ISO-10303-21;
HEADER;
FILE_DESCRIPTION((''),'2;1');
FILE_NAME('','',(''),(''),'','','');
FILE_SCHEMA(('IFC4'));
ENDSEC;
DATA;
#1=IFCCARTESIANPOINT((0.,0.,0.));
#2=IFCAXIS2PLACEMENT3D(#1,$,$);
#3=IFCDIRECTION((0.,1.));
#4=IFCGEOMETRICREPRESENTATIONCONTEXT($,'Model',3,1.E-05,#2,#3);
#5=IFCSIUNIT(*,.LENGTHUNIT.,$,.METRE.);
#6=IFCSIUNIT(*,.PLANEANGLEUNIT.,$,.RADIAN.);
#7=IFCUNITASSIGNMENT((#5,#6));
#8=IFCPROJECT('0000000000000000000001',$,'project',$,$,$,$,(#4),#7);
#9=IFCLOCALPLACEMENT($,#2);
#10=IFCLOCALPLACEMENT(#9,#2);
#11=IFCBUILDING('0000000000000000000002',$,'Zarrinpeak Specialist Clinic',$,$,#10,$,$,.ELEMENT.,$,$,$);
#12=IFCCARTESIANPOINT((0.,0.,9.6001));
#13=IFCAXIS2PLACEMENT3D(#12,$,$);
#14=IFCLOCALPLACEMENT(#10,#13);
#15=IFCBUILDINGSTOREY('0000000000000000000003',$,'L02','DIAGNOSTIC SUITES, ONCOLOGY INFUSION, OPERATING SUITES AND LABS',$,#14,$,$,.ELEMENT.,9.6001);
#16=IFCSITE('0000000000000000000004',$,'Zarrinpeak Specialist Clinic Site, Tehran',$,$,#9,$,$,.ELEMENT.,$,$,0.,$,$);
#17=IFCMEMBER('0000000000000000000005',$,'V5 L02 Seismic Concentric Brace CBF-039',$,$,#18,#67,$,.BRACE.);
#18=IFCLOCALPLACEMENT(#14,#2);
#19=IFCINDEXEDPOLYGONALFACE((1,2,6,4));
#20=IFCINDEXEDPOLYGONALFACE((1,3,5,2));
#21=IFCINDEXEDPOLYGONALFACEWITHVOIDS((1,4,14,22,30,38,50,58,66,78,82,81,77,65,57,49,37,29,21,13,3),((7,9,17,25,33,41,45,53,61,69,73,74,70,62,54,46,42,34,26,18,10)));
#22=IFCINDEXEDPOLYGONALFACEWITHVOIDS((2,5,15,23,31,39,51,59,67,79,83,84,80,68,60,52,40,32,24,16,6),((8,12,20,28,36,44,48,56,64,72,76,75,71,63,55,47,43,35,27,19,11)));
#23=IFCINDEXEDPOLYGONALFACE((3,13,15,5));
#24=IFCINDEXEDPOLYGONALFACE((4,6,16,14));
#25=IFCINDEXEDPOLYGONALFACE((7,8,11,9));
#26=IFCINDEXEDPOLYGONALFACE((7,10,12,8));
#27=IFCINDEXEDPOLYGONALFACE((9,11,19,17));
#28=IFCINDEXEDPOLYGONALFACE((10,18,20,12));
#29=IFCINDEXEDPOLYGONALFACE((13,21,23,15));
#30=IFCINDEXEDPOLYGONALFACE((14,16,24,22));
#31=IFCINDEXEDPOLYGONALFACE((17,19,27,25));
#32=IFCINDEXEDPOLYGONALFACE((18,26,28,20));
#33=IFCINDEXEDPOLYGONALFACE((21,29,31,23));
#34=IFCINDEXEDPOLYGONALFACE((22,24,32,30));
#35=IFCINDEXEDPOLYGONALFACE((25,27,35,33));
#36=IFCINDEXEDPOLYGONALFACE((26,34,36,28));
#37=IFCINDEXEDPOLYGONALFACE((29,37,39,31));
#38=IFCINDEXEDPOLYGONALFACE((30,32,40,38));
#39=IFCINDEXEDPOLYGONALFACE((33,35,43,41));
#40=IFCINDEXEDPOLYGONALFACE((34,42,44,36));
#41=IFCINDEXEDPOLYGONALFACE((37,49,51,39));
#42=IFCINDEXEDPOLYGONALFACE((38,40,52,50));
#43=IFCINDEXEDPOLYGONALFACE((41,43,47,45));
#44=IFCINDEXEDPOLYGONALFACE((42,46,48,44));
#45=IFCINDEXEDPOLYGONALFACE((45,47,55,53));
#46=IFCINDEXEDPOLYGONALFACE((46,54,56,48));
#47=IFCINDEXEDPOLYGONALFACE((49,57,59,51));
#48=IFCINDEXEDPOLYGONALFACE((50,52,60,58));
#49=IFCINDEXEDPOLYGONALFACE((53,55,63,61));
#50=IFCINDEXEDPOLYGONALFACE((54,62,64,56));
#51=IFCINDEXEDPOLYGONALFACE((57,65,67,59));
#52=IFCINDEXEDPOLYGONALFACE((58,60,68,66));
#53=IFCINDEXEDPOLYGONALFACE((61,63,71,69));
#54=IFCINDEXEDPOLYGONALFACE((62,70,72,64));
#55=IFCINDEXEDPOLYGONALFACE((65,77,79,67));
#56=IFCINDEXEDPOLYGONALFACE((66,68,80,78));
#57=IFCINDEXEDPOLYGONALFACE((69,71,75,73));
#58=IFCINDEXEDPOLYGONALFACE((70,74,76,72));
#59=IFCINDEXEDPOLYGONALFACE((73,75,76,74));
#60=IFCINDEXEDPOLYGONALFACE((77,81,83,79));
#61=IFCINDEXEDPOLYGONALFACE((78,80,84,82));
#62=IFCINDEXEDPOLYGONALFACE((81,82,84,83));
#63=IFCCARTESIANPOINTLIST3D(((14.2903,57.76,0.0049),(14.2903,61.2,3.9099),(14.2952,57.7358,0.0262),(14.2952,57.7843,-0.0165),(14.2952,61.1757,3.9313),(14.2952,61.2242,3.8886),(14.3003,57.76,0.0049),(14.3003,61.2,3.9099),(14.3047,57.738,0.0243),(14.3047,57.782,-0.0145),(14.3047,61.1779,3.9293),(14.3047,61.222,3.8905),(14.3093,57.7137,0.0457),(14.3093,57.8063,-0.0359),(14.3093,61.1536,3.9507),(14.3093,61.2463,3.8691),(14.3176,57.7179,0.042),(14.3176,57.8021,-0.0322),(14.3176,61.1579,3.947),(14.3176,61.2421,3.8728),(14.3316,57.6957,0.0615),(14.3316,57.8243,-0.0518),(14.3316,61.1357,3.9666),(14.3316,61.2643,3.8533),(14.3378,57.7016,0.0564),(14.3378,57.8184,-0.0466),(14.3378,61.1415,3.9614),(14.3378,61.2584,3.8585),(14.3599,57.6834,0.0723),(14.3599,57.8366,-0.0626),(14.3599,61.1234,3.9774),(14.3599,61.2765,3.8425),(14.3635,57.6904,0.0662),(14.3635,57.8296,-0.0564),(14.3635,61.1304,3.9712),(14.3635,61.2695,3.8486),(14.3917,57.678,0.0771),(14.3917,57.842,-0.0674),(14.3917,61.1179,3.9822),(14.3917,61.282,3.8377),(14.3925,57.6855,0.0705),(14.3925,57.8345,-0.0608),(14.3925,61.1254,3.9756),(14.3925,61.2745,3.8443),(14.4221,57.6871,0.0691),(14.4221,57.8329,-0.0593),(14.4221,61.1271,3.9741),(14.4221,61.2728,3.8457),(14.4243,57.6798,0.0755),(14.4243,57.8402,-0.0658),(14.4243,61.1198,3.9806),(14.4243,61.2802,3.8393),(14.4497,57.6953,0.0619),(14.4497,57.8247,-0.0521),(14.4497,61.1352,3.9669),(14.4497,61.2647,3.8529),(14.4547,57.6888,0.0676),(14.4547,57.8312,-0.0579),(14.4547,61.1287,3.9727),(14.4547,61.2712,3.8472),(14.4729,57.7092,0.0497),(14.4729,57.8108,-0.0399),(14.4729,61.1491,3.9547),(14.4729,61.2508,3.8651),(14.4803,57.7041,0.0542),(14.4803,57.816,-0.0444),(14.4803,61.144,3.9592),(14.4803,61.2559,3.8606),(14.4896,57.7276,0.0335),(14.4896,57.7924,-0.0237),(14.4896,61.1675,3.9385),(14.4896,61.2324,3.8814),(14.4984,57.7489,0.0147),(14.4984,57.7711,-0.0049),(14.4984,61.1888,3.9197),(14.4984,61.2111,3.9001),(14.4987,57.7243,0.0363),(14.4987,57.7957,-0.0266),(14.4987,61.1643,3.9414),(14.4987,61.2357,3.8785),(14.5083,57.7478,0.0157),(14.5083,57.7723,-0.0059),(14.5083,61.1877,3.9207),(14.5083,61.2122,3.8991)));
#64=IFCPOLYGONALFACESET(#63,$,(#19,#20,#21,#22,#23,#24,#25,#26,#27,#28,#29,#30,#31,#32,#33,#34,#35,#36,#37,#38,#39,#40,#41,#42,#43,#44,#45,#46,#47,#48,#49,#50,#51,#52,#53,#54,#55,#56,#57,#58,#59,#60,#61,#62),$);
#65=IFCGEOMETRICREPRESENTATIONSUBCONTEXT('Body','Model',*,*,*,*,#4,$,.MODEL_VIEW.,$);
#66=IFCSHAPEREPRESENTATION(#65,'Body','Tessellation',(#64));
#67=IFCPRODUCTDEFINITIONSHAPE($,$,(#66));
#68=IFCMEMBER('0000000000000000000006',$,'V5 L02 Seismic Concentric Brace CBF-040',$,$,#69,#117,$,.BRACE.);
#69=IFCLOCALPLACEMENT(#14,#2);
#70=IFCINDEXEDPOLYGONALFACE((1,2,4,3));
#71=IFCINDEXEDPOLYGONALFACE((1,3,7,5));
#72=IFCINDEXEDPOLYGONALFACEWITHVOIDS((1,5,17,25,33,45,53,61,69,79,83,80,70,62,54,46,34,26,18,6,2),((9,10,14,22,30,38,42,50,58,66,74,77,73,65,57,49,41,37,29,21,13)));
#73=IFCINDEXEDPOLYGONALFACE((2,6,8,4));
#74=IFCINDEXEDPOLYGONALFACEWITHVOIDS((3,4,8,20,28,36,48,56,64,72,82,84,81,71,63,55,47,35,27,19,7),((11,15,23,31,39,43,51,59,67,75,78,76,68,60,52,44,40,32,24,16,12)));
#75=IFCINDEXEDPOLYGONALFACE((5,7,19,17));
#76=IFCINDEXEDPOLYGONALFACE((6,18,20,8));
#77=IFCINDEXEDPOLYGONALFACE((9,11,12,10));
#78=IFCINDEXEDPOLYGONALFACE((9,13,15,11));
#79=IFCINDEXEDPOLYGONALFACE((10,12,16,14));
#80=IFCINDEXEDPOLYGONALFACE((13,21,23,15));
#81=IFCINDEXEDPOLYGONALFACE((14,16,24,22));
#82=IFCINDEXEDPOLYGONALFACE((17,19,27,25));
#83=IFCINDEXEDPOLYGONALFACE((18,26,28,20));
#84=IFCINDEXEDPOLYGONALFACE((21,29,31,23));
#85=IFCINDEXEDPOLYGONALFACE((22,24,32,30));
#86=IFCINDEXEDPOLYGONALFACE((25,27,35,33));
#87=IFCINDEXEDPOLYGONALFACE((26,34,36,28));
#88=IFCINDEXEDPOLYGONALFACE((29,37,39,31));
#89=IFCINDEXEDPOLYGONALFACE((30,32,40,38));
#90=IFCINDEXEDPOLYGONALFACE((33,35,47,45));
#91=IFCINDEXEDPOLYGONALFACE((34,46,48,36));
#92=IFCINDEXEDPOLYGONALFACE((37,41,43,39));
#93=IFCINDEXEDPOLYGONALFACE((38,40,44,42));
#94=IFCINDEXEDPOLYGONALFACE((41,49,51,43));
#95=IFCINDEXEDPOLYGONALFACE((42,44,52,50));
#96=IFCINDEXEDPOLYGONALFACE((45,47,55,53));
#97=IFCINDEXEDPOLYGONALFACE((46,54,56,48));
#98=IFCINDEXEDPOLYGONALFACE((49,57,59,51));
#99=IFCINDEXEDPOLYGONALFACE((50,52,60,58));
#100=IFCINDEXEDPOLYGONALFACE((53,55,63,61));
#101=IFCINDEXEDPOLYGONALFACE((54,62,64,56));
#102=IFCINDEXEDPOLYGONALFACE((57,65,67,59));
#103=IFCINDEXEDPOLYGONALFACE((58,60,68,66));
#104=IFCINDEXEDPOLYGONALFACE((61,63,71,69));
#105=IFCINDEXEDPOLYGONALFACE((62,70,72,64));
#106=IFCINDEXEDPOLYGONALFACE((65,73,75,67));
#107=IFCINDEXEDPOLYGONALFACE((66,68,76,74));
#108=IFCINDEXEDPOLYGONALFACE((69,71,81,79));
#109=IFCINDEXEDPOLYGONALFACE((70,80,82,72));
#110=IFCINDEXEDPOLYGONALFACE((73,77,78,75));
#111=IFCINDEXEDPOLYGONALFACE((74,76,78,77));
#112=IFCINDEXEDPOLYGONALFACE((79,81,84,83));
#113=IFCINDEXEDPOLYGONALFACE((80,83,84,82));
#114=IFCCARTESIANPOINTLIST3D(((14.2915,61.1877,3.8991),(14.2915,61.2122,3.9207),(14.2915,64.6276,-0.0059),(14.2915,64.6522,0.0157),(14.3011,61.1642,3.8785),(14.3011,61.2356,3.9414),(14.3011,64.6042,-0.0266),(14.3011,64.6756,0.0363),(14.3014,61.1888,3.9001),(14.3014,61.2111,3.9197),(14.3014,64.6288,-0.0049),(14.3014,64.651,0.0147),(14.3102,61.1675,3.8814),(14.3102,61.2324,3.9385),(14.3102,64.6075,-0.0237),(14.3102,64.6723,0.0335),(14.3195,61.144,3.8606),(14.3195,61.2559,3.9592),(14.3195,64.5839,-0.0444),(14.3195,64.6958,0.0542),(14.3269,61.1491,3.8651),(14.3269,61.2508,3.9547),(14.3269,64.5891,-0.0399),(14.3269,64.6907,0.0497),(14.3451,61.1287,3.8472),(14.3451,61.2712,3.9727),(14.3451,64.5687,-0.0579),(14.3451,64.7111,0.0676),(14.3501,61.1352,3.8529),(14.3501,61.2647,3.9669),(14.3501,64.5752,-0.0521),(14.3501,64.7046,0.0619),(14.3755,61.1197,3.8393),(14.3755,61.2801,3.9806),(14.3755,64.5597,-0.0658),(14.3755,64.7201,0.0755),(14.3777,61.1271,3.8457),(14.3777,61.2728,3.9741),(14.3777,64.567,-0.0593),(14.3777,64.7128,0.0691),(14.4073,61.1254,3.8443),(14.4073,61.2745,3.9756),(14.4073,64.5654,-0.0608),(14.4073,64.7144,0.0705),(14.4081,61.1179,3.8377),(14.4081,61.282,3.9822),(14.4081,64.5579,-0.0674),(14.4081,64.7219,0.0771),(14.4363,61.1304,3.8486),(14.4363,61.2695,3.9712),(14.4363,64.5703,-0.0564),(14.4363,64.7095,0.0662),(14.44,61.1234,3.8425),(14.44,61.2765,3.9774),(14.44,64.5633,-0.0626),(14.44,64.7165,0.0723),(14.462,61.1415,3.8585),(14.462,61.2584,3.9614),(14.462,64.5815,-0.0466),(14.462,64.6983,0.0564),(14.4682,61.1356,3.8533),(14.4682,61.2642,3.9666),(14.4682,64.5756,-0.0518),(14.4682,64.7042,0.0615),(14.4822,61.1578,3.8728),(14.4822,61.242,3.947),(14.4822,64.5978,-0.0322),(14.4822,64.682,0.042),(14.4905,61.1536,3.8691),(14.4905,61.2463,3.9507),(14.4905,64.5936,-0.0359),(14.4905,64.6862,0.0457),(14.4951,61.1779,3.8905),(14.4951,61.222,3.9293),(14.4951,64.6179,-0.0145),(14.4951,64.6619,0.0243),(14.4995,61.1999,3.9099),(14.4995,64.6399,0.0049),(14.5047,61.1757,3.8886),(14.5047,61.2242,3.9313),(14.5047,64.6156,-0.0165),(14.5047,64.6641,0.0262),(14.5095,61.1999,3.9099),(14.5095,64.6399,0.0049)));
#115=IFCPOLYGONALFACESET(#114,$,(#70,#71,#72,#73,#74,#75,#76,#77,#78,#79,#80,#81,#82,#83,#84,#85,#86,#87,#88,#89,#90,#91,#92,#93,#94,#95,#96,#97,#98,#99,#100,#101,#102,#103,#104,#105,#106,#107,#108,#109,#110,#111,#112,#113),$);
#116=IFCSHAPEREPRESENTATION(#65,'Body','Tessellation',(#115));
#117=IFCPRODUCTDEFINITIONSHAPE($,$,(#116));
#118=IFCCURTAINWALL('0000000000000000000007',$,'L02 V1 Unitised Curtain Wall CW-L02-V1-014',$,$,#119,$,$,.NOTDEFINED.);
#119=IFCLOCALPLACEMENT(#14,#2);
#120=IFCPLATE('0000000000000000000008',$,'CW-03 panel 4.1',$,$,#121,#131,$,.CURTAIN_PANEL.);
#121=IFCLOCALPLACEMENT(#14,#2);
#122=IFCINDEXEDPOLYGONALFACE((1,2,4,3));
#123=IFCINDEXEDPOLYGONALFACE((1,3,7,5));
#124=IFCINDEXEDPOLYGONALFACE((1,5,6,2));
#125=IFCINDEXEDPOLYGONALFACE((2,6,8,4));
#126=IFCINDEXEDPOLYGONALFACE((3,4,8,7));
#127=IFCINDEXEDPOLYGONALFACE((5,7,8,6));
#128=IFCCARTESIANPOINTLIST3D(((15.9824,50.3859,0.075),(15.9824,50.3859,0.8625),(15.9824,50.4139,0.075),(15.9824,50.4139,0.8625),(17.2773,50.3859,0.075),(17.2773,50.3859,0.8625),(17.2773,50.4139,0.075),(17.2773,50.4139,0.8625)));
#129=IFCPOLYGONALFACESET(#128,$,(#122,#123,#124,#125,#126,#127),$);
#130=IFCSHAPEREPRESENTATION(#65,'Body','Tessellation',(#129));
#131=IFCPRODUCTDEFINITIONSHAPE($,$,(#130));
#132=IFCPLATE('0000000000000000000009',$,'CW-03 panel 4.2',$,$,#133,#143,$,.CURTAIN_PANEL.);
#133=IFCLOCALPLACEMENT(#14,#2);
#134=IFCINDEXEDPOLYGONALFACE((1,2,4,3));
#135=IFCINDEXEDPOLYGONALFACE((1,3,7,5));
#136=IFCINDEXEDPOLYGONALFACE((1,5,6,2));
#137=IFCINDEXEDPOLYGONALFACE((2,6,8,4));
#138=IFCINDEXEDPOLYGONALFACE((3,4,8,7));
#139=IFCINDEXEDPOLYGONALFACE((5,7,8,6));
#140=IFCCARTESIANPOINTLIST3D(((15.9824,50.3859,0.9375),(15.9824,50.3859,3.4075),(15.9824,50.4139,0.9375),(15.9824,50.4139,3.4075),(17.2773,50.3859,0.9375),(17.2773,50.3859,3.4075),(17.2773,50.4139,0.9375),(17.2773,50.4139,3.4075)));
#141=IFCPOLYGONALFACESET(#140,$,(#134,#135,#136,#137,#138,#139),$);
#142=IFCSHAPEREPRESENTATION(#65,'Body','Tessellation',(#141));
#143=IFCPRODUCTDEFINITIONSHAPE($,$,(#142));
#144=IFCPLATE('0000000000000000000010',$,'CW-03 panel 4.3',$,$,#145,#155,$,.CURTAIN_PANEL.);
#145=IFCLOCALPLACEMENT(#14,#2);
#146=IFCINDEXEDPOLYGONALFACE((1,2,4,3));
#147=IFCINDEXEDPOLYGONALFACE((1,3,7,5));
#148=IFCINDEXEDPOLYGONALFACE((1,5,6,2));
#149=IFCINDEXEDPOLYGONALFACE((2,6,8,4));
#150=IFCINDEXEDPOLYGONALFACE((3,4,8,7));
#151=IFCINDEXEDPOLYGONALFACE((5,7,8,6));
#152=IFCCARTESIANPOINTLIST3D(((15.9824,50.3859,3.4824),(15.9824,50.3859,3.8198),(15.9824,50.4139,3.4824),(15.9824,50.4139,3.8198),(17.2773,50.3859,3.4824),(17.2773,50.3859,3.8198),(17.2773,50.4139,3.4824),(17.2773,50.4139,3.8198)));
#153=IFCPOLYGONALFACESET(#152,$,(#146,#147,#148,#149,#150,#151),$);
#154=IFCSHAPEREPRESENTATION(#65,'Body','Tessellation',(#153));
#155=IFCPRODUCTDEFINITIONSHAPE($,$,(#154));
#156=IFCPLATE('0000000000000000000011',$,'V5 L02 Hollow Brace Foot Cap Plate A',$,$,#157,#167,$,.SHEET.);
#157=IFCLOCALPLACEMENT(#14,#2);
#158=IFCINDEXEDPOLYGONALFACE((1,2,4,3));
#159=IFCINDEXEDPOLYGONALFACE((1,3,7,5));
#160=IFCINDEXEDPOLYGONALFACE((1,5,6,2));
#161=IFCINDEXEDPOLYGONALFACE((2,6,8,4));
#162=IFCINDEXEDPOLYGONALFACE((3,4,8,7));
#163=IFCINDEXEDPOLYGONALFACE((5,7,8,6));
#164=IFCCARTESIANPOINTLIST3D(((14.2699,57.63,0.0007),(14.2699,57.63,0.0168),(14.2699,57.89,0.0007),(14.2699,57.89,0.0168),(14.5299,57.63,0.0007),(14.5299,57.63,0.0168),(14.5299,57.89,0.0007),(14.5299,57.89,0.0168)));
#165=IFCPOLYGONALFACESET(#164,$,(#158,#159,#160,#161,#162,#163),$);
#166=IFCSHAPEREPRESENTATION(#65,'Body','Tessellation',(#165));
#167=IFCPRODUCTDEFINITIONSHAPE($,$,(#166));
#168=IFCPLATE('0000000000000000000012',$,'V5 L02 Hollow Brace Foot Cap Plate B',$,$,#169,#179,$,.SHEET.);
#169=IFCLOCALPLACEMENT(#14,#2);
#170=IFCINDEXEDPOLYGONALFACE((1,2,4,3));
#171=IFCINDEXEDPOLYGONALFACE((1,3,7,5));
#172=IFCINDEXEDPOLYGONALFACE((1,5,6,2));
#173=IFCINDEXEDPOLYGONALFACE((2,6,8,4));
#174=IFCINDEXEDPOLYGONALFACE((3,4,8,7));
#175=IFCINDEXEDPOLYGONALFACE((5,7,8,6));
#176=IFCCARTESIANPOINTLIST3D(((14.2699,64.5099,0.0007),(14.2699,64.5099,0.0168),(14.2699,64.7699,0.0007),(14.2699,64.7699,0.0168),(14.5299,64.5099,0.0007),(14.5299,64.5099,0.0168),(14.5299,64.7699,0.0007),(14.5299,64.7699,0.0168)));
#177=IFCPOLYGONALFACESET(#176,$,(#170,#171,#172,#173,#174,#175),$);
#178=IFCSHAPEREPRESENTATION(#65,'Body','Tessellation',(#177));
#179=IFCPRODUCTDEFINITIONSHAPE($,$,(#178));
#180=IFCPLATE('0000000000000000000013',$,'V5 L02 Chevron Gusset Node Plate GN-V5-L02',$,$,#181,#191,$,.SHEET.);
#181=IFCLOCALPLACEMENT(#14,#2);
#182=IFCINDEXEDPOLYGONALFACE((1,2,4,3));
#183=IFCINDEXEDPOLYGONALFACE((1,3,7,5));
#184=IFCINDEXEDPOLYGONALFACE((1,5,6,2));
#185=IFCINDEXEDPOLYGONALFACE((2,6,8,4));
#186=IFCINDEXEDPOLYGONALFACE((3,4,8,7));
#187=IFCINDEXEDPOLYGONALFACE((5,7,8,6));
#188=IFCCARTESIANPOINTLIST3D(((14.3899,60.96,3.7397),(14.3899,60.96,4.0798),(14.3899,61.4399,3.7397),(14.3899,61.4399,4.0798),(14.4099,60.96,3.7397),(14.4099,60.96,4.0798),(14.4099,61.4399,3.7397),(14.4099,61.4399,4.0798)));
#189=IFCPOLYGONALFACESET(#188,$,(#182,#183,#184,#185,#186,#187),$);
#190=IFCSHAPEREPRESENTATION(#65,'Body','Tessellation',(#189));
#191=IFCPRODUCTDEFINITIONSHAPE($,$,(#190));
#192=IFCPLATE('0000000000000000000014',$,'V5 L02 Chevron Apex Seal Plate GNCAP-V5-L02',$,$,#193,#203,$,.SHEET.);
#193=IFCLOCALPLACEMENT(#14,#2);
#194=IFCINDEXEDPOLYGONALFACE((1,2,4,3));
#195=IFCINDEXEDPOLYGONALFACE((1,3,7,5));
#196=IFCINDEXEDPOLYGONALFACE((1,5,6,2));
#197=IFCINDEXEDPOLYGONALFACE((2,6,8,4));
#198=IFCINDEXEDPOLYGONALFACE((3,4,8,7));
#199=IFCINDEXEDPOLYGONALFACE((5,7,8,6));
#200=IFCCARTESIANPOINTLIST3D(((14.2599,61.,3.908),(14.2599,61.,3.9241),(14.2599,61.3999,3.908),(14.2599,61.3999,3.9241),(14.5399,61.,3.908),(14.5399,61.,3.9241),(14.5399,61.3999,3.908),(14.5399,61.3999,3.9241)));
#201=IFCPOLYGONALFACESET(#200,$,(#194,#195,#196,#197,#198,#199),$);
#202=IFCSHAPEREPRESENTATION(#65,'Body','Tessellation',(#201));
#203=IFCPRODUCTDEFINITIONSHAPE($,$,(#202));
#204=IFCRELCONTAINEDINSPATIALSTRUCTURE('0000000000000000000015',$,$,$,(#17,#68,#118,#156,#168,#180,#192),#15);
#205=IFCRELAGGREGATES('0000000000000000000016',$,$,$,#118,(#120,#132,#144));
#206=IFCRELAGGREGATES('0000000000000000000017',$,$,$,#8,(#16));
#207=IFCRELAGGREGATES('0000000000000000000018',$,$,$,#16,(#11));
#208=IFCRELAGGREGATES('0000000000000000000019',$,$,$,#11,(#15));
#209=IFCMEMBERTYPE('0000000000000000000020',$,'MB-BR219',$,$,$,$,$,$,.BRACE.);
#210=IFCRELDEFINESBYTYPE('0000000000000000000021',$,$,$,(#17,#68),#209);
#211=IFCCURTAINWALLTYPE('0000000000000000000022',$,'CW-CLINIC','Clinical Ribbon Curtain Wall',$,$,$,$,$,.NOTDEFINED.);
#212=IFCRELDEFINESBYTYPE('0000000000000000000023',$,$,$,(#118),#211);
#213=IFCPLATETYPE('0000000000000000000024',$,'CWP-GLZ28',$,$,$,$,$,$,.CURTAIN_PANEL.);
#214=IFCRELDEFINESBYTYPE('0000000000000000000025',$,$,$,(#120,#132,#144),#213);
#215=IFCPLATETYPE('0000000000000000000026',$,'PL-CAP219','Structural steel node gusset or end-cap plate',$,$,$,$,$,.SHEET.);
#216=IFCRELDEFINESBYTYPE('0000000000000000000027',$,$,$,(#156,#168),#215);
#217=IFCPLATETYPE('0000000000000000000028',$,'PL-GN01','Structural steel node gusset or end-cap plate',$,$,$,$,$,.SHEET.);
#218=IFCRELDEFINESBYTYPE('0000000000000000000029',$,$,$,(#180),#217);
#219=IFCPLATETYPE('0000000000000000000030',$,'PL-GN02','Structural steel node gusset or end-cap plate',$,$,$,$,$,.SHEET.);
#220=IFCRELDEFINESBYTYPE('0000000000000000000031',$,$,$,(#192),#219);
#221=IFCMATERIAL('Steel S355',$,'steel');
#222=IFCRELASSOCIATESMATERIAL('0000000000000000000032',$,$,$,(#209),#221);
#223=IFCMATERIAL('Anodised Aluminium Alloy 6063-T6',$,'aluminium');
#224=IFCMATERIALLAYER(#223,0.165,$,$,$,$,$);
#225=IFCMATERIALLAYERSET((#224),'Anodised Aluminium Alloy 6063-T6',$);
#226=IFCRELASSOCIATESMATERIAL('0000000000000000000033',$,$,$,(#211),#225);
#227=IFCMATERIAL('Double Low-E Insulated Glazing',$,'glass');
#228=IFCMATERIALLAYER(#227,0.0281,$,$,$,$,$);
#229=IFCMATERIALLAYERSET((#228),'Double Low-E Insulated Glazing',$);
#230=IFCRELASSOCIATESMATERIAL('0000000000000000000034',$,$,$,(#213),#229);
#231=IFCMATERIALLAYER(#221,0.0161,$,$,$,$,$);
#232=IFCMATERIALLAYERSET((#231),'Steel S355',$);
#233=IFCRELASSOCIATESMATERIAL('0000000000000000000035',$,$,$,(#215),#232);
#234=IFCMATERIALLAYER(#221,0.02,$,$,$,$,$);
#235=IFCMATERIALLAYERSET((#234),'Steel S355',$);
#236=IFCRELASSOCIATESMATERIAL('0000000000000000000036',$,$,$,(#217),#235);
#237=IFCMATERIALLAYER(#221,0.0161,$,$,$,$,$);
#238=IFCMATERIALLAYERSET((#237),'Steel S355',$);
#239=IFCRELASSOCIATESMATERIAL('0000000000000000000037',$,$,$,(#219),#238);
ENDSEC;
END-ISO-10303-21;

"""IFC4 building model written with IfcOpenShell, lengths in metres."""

from ifc_helpers import new_model, si_unit, direction, frame, origin, origin_2d, place, context, subcontext, project, spatial, rectangle, hollow_circle, extrude, material, layer, layer_set, material_profile, profile_set, type_object, element, aggregate, save


model = new_model("IFC4")

# Units and contexts
model_context = context("Model", 3, precision=1e-05, world=origin(), true_north=direction((0.0, 1.0)))
body_context = subcontext(model_context, "Body", "Model", "MODEL_VIEW")
ifc_project = project(units=[si_unit("LENGTHUNIT", "METRE"), si_unit("PLANEANGLEUNIT", "RADIAN")], contexts=[model_context])

# Site, building, storey
site_placement = place(None, origin())
site = spatial("IfcSite", under=ifc_project, at=site_placement, Name="Zarrinpeak Specialist Clinic Site, Tehran", CompositionType="ELEMENT", RefElevation=0.0)
building_placement = place(site_placement, origin())
building = spatial("IfcBuilding", under=site, at=building_placement, Name="Zarrinpeak Specialist Clinic", CompositionType="ELEMENT")
storey_placement = place(building_placement, frame((0.0, 0.0, 9.6001)))
storey = spatial("IfcBuildingStorey", under=building, at=storey_placement, Name="L02", Description="DIAGNOSTIC SUITES, ONCOLOGY INFUSION, OPERATING SUITES AND LABS", CompositionType="ELEMENT", Elevation=9.6001)

# Shared definitions
ifc_material_1 = material(Name="Steel S355", Category="steel")

# Members
ifc_material_profile_1 = material_profile(ifc_material_1, hollow_circle(Radius=0.1096, WallThickness=0.01, at=origin_2d()), Name="CHS 219.1x10.0")
ifc_profile_set_1 = profile_set([ifc_material_profile_1], Name="Steel S355")
member_type = type_object("IfcMemberType", Name="MB-BR219", PredefinedType="BRACE", material=ifc_profile_set_1)
for number, where, z_axis, x_axis, name in (
    (1, (14.3999, 57.76, 0.0049), (0.0, 0.661009, 0.750378), (-1.0, 0.0, 0.0), "V5 L02 Seismic Concentric Brace CBF-039"),
    (2, (14.3999, 64.6399, 0.0049), (0.0, -0.661009, 0.750378), (1.0, 0.0, 0.0), "V5 L02 Seismic Concentric Brace CBF-040"),
):
    element("IfcMember", number, at=place(storey_placement, frame(where, z_axis=z_axis, x_axis=x_axis)), inside=storey, type_object=member_type, Name=name, PredefinedType="BRACE", context=body_context, shape_type="SweptSolid", body=[
        extrude(hollow_circle(Radius=0.1096, WallThickness=0.01, at=origin_2d()), origin(), (0.0, 0.0, 1.0), 5.2041),
    ])

# Curtain wall, plates
ifc_material_2 = material(Name="Anodised Aluminium Alloy 6063-T6", Category="aluminium")
ifc_layer_1 = layer(ifc_material_2, 0.165)
ifc_layer_set_1 = layer_set([ifc_layer_1], Name="Anodised Aluminium Alloy 6063-T6")
curtain_wall_type = type_object("IfcCurtainWallType", Name="CW-CLINIC", Description="Clinical Ribbon Curtain Wall", PredefinedType="NOTDEFINED", material=ifc_layer_set_1)
curtain_wall_placement = place(storey_placement, origin())
curtain_wall = element("IfcCurtainWall", 3, at=curtain_wall_placement, inside=storey, type_object=curtain_wall_type, Name="L02 V1 Unitised Curtain Wall CW-L02-V1-014", PredefinedType="NOTDEFINED")
ifc_material_3 = material(Name="Double Low-E Insulated Glazing", Category="glass")
ifc_layer_2 = layer(ifc_material_3, 0.0281)
ifc_layer_set_2 = layer_set([ifc_layer_2], Name="Double Low-E Insulated Glazing")
plate_type_1 = type_object("IfcPlateType", Name="CWP-GLZ28", PredefinedType="CURTAIN_PANEL", material=ifc_layer_set_2)
plate_1_placement = place(storey_placement, frame((16.6299, 50.3999, 0.075), z_axis=(0.0, 0.0, 1.0), x_axis=(-1.0, 0.0, 0.0)))
plate_1 = element("IfcPlate", 4, at=plate_1_placement, type_object=plate_type_1, Name="CW-03 panel 4.1", PredefinedType="CURTAIN_PANEL", context=body_context, shape_type="SweptSolid", body=[
    extrude(rectangle(XDim=1.2949, YDim=0.0281, at=origin_2d()), origin(), (0.0, 0.0, 1.0), 0.7876),
])
plate_2_placement = place(storey_placement, frame((16.6299, 50.3999, 0.9375), z_axis=(0.0, 0.0, 1.0), x_axis=(-1.0, 0.0, 0.0)))
plate_2 = element("IfcPlate", 5, at=plate_2_placement, type_object=plate_type_1, Name="CW-03 panel 4.2", PredefinedType="CURTAIN_PANEL", context=body_context, shape_type="SweptSolid", body=[
    extrude(rectangle(XDim=1.2949, YDim=0.0281, at=origin_2d()), origin(), (0.0, 0.0, 1.0), 2.47),
])
plate_3_placement = place(storey_placement, frame((16.6299, 50.3999, 3.4824), z_axis=(0.0, 0.0, 1.0), x_axis=(-1.0, 0.0, 0.0)))
plate_3 = element("IfcPlate", 6, at=plate_3_placement, type_object=plate_type_1, Name="CW-03 panel 4.3", PredefinedType="CURTAIN_PANEL", context=body_context, shape_type="SweptSolid", body=[
    extrude(rectangle(XDim=1.2949, YDim=0.0281, at=origin_2d()), origin(), (0.0, 0.0, 1.0), 0.3374),
])
aggregate(curtain_wall, [plate_1, plate_2, plate_3])

# Plates
ifc_layer_3 = layer(ifc_material_1, 0.0161)
ifc_layer_set_3 = layer_set([ifc_layer_3], Name="Steel S355")
plate_type_2 = type_object("IfcPlateType", Name="PL-CAP219", Description="Structural steel node gusset or end-cap plate", PredefinedType="SHEET", material=ifc_layer_set_3)
for number, where, z_axis, x_axis, name in (
    (7, (14.3999, 57.76, 0.0007), (0.0, 0.0, 1.0), (1.0, 0.0, 0.0), "V5 L02 Hollow Brace Foot Cap Plate A"),
    (8, (14.3999, 64.6399, 0.0007), (0.0, 0.0, 1.0), (1.0, 0.0, 0.0), "V5 L02 Hollow Brace Foot Cap Plate B"),
):
    element("IfcPlate", number, at=place(storey_placement, frame(where, z_axis=z_axis, x_axis=x_axis)), inside=storey, type_object=plate_type_2, Name=name, PredefinedType="SHEET", context=body_context, shape_type="SweptSolid", body=[
        extrude(rectangle(XDim=0.26, YDim=0.26, at=origin_2d()), origin(), (0.0, 0.0, 1.0), 0.0161),
    ])
ifc_layer_4 = layer(ifc_material_1, 0.02)
ifc_layer_set_4 = layer_set([ifc_layer_4], Name="Steel S355")
plate_type_3 = type_object("IfcPlateType", Name="PL-GN01", Description="Structural steel node gusset or end-cap plate", PredefinedType="SHEET", material=ifc_layer_set_4)
plate_4_placement = place(storey_placement, frame((14.3999, 61.2, 3.7397), z_axis=(0.0, 0.0, 1.0), x_axis=(1.0, 0.0, 0.0)))
element("IfcPlate", 9, at=plate_4_placement, inside=storey, type_object=plate_type_3, Name="V5 L02 Chevron Gusset Node Plate GN-V5-L02", PredefinedType="SHEET", context=body_context, shape_type="SweptSolid", body=[
    extrude(rectangle(XDim=0.02, YDim=0.48, at=origin_2d()), origin(), (0.0, 0.0, 1.0), 0.3401),
])
ifc_layer_5 = layer(ifc_material_1, 0.0161)
ifc_layer_set_5 = layer_set([ifc_layer_5], Name="Steel S355")
plate_type_4 = type_object("IfcPlateType", Name="PL-GN02", Description="Structural steel node gusset or end-cap plate", PredefinedType="SHEET", material=ifc_layer_set_5)
plate_5_placement = place(storey_placement, frame((14.3999, 61.2, 3.908), z_axis=(0.0, 0.0, 1.0), x_axis=(1.0, 0.0, 0.0)))
element("IfcPlate", 10, at=plate_5_placement, inside=storey, type_object=plate_type_4, Name="V5 L02 Chevron Apex Seal Plate GNCAP-V5-L02", PredefinedType="SHEET", context=body_context, shape_type="SweptSolid", body=[
    extrude(rectangle(XDim=0.28, YDim=0.3999, at=origin_2d()), origin(), (0.0, 0.0, 1.0), 0.0161),
])

save(model, "model.ifc")
